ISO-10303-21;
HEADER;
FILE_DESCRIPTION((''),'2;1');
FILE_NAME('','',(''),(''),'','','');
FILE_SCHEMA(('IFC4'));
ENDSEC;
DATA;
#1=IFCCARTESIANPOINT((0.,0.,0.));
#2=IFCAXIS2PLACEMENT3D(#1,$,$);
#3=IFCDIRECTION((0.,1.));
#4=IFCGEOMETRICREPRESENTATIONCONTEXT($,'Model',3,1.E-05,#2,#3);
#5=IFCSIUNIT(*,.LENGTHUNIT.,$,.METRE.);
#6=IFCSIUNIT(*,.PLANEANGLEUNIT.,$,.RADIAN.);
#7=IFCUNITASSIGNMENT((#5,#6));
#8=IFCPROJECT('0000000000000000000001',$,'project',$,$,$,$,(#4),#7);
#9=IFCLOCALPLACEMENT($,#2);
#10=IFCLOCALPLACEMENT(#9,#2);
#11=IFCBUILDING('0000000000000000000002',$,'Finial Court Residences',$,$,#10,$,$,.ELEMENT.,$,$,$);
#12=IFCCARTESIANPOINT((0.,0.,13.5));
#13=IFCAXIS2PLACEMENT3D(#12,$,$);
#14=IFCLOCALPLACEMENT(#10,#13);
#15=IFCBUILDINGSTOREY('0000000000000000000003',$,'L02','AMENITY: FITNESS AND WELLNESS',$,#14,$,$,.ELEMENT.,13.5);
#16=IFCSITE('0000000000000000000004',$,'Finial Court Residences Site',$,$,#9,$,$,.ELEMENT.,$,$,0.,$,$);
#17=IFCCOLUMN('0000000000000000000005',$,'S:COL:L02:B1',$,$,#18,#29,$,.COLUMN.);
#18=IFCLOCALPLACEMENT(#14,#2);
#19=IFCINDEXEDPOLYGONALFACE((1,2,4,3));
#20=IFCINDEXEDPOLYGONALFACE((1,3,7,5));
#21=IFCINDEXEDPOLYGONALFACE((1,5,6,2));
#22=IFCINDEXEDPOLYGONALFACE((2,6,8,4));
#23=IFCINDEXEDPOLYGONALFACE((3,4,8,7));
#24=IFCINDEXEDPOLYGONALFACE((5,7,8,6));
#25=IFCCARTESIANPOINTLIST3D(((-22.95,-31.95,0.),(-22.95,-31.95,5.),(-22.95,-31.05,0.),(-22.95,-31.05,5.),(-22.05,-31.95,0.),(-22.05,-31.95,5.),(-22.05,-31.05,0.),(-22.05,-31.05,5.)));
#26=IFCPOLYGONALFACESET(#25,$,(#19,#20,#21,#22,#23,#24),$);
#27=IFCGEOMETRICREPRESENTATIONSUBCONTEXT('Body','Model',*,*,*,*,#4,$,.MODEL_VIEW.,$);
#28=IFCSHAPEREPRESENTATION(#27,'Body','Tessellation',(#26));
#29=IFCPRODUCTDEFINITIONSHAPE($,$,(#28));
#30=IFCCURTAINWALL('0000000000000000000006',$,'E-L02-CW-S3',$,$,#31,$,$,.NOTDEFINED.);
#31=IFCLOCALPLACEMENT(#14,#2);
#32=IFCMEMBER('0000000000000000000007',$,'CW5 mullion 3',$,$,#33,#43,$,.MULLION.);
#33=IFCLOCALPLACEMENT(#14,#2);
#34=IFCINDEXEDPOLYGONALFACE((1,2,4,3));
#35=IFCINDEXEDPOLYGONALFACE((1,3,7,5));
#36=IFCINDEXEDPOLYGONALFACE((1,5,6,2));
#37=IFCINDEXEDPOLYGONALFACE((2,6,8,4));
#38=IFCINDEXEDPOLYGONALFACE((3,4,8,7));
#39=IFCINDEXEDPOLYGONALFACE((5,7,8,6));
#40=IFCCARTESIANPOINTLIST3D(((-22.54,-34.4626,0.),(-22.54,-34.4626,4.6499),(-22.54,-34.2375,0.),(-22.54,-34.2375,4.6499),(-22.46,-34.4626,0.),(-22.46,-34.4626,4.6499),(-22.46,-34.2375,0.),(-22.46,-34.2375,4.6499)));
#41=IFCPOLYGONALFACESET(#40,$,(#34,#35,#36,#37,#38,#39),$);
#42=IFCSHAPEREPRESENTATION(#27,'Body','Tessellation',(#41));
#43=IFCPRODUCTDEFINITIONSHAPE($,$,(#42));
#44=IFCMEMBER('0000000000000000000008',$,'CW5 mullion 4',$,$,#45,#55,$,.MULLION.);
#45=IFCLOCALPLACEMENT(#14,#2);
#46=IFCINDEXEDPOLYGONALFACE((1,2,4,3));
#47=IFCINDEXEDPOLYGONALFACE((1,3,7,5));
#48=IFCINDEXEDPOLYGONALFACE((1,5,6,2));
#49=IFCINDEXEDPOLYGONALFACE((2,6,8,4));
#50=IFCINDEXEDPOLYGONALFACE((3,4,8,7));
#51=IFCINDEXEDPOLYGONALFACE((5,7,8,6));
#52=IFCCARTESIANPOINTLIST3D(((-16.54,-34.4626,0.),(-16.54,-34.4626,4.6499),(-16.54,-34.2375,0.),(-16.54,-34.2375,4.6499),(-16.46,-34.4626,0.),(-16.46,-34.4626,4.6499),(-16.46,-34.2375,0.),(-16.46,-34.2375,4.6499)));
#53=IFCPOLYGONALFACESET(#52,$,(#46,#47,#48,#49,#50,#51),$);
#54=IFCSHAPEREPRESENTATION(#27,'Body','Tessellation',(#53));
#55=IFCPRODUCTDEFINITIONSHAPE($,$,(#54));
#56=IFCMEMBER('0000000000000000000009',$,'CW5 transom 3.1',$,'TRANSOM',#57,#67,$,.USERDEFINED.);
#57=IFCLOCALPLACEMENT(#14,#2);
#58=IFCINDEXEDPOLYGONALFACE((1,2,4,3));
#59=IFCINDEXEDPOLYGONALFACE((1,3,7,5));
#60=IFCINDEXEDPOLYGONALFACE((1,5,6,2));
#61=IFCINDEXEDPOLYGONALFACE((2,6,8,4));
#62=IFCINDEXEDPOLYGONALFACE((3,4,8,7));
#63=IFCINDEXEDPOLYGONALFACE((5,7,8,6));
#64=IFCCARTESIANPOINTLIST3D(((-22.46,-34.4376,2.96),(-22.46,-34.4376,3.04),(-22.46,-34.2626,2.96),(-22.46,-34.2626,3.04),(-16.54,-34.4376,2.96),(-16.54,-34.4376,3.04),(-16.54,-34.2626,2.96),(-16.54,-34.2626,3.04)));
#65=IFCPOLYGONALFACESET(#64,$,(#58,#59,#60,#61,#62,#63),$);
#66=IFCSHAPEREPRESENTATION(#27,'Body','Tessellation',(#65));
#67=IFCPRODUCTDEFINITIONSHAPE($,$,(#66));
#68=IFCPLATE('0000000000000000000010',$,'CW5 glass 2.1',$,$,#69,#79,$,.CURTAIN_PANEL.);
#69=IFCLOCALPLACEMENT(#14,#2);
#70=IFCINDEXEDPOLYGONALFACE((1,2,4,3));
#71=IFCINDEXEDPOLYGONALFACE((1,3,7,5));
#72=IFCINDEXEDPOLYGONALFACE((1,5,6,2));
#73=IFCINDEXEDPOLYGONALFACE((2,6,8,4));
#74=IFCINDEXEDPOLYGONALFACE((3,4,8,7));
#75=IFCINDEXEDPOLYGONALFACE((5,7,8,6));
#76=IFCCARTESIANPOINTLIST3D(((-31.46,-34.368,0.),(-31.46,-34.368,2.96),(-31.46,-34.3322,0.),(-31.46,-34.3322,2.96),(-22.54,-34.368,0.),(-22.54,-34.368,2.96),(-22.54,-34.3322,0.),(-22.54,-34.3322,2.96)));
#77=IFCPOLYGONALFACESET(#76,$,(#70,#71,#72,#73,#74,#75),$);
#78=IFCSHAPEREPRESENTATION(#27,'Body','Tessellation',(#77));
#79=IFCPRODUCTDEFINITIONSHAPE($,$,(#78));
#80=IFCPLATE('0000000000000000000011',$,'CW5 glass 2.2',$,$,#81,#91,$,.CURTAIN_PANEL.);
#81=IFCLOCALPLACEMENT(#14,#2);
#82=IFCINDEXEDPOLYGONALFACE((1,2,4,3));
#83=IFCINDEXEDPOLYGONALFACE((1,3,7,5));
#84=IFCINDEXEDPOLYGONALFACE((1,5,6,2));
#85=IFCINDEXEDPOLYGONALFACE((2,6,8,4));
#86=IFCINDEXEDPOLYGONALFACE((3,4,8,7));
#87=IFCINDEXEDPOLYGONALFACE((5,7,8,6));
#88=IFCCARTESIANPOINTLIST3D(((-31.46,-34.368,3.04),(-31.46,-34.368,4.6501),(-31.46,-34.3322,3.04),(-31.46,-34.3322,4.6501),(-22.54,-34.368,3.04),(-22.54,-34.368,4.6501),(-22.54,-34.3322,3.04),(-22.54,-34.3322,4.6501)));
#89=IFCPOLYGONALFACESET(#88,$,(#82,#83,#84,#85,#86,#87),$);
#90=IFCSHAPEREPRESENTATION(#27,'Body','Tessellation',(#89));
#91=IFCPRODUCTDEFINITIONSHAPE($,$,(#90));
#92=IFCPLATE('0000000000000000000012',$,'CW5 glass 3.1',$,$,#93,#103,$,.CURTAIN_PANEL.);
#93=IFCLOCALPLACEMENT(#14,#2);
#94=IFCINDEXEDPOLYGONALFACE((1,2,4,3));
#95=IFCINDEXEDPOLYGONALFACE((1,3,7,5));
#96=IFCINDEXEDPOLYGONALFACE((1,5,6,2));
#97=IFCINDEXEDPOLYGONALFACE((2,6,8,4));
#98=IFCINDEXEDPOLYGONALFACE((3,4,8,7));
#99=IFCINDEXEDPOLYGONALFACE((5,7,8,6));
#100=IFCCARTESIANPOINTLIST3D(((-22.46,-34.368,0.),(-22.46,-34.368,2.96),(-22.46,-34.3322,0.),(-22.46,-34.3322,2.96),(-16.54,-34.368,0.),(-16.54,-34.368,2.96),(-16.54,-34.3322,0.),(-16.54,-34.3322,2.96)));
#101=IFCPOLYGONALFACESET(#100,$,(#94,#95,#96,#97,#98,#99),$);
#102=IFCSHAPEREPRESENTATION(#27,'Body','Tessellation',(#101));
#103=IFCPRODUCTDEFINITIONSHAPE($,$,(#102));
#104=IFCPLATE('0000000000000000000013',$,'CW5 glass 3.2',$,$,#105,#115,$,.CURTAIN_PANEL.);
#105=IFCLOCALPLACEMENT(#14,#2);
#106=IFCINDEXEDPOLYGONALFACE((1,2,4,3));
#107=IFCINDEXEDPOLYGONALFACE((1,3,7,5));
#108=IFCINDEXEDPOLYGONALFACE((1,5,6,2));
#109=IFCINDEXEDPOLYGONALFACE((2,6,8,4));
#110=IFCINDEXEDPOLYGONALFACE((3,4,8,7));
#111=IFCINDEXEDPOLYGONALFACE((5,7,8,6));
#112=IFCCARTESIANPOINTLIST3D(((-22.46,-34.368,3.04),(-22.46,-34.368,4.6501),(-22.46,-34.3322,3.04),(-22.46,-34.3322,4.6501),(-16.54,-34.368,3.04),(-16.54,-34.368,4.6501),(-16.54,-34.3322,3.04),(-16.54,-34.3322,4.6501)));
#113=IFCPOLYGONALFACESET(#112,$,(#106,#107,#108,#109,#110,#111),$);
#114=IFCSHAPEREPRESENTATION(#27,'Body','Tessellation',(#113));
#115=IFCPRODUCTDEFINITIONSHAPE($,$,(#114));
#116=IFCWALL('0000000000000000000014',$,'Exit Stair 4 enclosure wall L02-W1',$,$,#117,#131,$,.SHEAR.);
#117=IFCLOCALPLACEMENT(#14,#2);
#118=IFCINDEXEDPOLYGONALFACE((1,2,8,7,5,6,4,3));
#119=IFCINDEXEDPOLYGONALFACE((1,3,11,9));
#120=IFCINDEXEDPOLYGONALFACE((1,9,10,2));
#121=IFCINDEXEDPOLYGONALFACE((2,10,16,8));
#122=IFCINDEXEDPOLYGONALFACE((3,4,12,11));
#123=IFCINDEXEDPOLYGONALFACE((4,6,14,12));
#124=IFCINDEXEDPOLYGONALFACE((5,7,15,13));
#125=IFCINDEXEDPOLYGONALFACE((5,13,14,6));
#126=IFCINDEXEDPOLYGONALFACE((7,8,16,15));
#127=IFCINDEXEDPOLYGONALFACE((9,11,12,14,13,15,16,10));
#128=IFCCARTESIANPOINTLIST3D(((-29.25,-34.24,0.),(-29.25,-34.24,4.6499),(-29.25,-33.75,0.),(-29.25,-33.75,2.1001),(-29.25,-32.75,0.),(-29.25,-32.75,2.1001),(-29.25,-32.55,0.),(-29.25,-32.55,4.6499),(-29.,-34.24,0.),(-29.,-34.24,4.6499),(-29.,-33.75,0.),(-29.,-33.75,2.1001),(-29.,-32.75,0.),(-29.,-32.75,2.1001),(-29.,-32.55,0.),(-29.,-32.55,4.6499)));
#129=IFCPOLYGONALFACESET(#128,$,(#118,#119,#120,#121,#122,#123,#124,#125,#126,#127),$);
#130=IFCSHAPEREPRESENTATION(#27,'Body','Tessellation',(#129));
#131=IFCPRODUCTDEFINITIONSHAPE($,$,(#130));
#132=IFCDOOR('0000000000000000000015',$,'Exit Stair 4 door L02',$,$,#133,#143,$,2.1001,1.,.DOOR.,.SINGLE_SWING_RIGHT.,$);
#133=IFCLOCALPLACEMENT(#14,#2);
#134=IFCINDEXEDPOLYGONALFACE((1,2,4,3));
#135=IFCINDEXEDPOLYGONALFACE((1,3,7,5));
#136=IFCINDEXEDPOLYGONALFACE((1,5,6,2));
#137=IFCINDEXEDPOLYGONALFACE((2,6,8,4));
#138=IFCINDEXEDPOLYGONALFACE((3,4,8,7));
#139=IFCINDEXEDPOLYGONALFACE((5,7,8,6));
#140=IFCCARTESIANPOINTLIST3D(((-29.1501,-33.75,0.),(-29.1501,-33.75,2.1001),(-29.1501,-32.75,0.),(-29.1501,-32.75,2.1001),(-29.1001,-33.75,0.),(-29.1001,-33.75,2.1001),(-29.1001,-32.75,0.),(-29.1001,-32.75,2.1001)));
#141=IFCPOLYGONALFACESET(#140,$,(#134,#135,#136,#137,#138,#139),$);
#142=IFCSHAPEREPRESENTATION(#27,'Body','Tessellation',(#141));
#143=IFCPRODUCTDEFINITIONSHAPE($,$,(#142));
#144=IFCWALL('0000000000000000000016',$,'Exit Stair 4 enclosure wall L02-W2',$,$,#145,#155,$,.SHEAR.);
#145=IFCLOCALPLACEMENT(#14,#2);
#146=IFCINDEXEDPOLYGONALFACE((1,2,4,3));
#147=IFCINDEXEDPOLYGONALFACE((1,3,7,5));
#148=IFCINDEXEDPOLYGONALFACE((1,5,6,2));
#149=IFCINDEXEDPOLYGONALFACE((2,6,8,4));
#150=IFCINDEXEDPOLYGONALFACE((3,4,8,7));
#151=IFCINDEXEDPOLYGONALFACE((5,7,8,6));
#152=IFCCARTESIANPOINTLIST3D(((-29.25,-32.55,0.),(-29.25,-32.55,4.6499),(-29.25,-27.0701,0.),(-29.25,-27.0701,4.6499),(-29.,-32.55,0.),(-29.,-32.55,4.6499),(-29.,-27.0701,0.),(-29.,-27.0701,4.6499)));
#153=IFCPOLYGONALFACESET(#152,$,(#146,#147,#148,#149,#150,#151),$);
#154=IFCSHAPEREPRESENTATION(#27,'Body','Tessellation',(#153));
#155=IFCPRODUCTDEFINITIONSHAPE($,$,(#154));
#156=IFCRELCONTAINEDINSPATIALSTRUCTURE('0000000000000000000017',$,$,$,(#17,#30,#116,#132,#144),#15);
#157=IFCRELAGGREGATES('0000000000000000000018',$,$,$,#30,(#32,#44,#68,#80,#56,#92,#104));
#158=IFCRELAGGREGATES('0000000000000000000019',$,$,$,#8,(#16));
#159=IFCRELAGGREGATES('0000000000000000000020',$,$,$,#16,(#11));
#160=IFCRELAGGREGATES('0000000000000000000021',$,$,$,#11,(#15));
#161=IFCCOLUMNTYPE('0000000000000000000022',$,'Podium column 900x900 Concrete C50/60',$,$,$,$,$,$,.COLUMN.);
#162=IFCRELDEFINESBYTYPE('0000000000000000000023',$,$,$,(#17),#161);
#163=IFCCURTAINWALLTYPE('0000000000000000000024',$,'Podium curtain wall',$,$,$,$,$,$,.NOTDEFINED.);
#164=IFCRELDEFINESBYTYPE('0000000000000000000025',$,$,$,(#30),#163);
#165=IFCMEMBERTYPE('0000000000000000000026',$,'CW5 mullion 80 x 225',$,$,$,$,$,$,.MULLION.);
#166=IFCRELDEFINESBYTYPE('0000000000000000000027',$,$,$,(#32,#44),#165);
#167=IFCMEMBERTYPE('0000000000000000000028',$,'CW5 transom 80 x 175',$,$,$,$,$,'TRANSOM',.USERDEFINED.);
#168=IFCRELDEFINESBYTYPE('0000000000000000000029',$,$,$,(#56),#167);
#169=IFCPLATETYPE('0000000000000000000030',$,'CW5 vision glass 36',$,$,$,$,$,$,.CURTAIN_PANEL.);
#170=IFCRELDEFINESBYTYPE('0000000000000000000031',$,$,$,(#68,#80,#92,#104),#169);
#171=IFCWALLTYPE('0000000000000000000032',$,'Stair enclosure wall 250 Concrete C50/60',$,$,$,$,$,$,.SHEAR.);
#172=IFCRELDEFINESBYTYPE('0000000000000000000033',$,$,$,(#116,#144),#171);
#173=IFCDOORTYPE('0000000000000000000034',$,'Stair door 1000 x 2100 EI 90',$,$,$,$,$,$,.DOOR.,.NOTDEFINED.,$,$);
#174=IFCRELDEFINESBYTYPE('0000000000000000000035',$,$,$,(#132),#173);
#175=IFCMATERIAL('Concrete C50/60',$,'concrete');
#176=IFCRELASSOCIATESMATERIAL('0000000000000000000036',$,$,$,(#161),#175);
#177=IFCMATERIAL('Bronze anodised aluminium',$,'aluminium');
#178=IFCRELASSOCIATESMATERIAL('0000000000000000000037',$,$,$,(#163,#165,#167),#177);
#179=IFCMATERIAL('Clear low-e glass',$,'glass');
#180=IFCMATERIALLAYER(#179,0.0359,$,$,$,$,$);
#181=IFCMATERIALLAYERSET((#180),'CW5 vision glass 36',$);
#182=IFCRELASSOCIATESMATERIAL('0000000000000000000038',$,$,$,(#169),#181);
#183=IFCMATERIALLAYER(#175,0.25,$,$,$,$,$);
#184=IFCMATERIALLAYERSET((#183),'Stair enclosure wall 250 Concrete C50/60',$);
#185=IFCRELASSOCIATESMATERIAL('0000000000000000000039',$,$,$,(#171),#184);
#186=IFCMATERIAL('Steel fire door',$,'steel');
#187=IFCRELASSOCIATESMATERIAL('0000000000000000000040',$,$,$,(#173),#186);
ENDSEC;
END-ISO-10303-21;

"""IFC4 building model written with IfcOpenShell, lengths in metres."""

from ifc_helpers import new_model, si_unit, direction, frame, frame_2d, origin, origin_2d, place, context, subcontext, project, spatial, rectangle, extrude, material, layer, layer_set, material_profile, profile_set, type_object, element, fill, aggregate, save


model = new_model("IFC4")

# Units and contexts
model_context = context("Model", 3, precision=1e-05, world=origin(), true_north=direction((0.0, 1.0)))
body_context = subcontext(model_context, "Body", "Model", "MODEL_VIEW")
ifc_project = project(units=[si_unit("LENGTHUNIT", "METRE"), si_unit("PLANEANGLEUNIT", "RADIAN")], contexts=[model_context])

# Site, building, storey
site_placement = place(None, origin())
site = spatial("IfcSite", under=ifc_project, at=site_placement, Name="Finial Court Residences Site", CompositionType="ELEMENT", RefElevation=0.0)
building_placement = place(site_placement, origin())
building = spatial("IfcBuilding", under=site, at=building_placement, Name="Finial Court Residences", CompositionType="ELEMENT")
storey_placement = place(building_placement, frame((0.0, 0.0, 13.5)))
storey = spatial("IfcBuildingStorey", under=building, at=storey_placement, Name="L02", Description="AMENITY: FITNESS AND WELLNESS", CompositionType="ELEMENT", Elevation=13.5)

# Column
ifc_material_1 = material(Name="Concrete C50/60", Category="concrete")
ifc_material_profile_1 = material_profile(ifc_material_1, rectangle(XDim=0.8999, YDim=0.8999, at=origin_2d()), Name="900x900")
ifc_profile_set_1 = profile_set([ifc_material_profile_1], Name="Concrete C50/60")
column_type = type_object("IfcColumnType", Name="Podium column 900x900 Concrete C50/60", PredefinedType="COLUMN", material=ifc_profile_set_1)
column_placement = place(storey_placement, frame((-22.5, -31.5, 0.0), z_axis=(0.0, 0.0, 1.0), x_axis=(1.0, 0.0, 0.0)))
element("IfcColumn", 1, at=column_placement, inside=storey, type_object=column_type, Name="S:COL:L02:B1", PredefinedType="COLUMN", context=body_context, shape_type="SweptSolid", body=[
    extrude(rectangle(XDim=0.8999, YDim=0.8999, at=origin_2d()), origin(), (0.0, 0.0, 1.0), 5.0),
])

# Curtain wall, members, plates
ifc_material_2 = material(Name="Bronze anodised aluminium", Category="aluminium")
curtain_wall_type = type_object("IfcCurtainWallType", Name="Podium curtain wall", PredefinedType="NOTDEFINED", material=ifc_material_2)
curtain_wall_placement = place(storey_placement, origin())
curtain_wall = element("IfcCurtainWall", 2, at=curtain_wall_placement, inside=storey, type_object=curtain_wall_type, Name="E-L02-CW-S3", PredefinedType="NOTDEFINED")
ifc_material_profile_2 = material_profile(ifc_material_2, rectangle(XDim=0.2251, YDim=0.0801, at=origin_2d()), Name="CW5 mullion 80 x 225")
ifc_profile_set_2 = profile_set([ifc_material_profile_2], Name="Bronze anodised aluminium")
member_type_1 = type_object("IfcMemberType", Name="CW5 mullion 80 x 225", PredefinedType="MULLION", material=ifc_profile_set_2)
member_1_placement = place(storey_placement, frame((-22.5, -34.3501, 0.0), z_axis=(0.0, 0.0, 1.0), x_axis=(0.0, 1.0, 0.0)))
member_1 = element("IfcMember", 3, at=member_1_placement, type_object=member_type_1, Name="CW5 mullion 3", PredefinedType="MULLION", context=body_context, shape_type="SweptSolid", body=[
    extrude(rectangle(XDim=0.2251, YDim=0.0801, at=origin_2d()), origin(), (0.0, 0.0, 1.0), 4.6499),
])
member_2_placement = place(storey_placement, frame((-16.5, -34.3501, 0.0), z_axis=(0.0, 0.0, 1.0), x_axis=(0.0, 1.0, 0.0)))
member_2 = element("IfcMember", 4, at=member_2_placement, type_object=member_type_1, Name="CW5 mullion 4", PredefinedType="MULLION", context=body_context, shape_type="SweptSolid", body=[
    extrude(rectangle(XDim=0.2251, YDim=0.0801, at=origin_2d()), origin(), (0.0, 0.0, 1.0), 4.6499),
])
ifc_material_profile_3 = material_profile(ifc_material_2, rectangle(XDim=0.175, YDim=0.0801, at=origin_2d()), Name="CW5 transom 80 x 175")
ifc_profile_set_3 = profile_set([ifc_material_profile_3], Name="Bronze anodised aluminium")
member_type_2 = type_object("IfcMemberType", Name="CW5 transom 80 x 175", ElementType="TRANSOM", PredefinedType="USERDEFINED", material=ifc_profile_set_3)
member_3_placement = place(storey_placement, frame((-22.46, -34.3501, 3.0), z_axis=(1.0, 0.0, 0.0), x_axis=(0.0, 1.0, 0.0)))
member_3 = element("IfcMember", 5, at=member_3_placement, type_object=member_type_2, Name="CW5 transom 3.1", ObjectType="TRANSOM", PredefinedType="USERDEFINED", context=body_context, shape_type="SweptSolid", body=[
    extrude(rectangle(XDim=0.175, YDim=0.0801, at=origin_2d()), origin(), (0.0, 0.0, 1.0), 5.9199),
])
ifc_material_3 = material(Name="Clear low-e glass", Category="glass")
ifc_layer_1 = layer(ifc_material_3, 0.0359)
ifc_layer_set_1 = layer_set([ifc_layer_1], Name="CW5 vision glass 36")
plate_type = type_object("IfcPlateType", Name="CW5 vision glass 36", PredefinedType="CURTAIN_PANEL", material=ifc_layer_set_1)
plate_1_placement = place(storey_placement, frame((-27.0, -34.3501, 0.0), z_axis=(0.0, 0.0, 1.0), x_axis=(1.0, 0.0, 0.0)))
plate_1 = element("IfcPlate", 6, at=plate_1_placement, type_object=plate_type, Name="CW5 glass 2.1", PredefinedType="CURTAIN_PANEL", context=body_context, shape_type="SweptSolid", body=[
    extrude(rectangle(XDim=8.9199, YDim=0.0359, at=origin_2d()), origin(), (0.0, 0.0, 1.0), 2.96),
])
plate_2_placement = place(storey_placement, frame((-27.0, -34.3501, 3.04), z_axis=(0.0, 0.0, 1.0), x_axis=(1.0, 0.0, 0.0)))
plate_2 = element("IfcPlate", 7, at=plate_2_placement, type_object=plate_type, Name="CW5 glass 2.2", PredefinedType="CURTAIN_PANEL", context=body_context, shape_type="SweptSolid", body=[
    extrude(rectangle(XDim=8.9199, YDim=0.0359, at=origin_2d()), origin(), (0.0, 0.0, 1.0), 1.6101),
])
plate_3_placement = place(storey_placement, frame((-19.5, -34.3501, 0.0), z_axis=(0.0, 0.0, 1.0), x_axis=(1.0, 0.0, 0.0)))
plate_3 = element("IfcPlate", 8, at=plate_3_placement, type_object=plate_type, Name="CW5 glass 3.1", PredefinedType="CURTAIN_PANEL", context=body_context, shape_type="SweptSolid", body=[
    extrude(rectangle(XDim=5.9199, YDim=0.0359, at=origin_2d()), origin(), (0.0, 0.0, 1.0), 2.96),
])
plate_4_placement = place(storey_placement, frame((-19.5, -34.3501, 3.04), z_axis=(0.0, 0.0, 1.0), x_axis=(1.0, 0.0, 0.0)))
plate_4 = element("IfcPlate", 9, at=plate_4_placement, type_object=plate_type, Name="CW5 glass 3.2", PredefinedType="CURTAIN_PANEL", context=body_context, shape_type="SweptSolid", body=[
    extrude(rectangle(XDim=5.9199, YDim=0.0359, at=origin_2d()), origin(), (0.0, 0.0, 1.0), 1.6101),
])
aggregate(curtain_wall, [member_1, member_2, plate_1, plate_2, member_3, plate_3, plate_4])

# Wall, opening, door
ifc_layer_2 = layer(ifc_material_1, 0.25)
ifc_layer_set_2 = layer_set([ifc_layer_2], Name="Stair enclosure wall 250 Concrete C50/60")
wall_type_1 = type_object("IfcWallType", Name="Stair enclosure wall 250 Concrete C50/60", PredefinedType="SHEAR", material=ifc_layer_set_2)
wall_1_placement = place(storey_placement, frame((-29.125, -32.55, 0.0), z_axis=(0.0, 0.0, 1.0), x_axis=(0.0, -1.0, 0.0)))
wall_1 = element("IfcWall", 10, at=wall_1_placement, inside=storey, type_object=wall_type_1, Name="Exit Stair 4 enclosure wall L02-W1", PredefinedType="SHEAR", context=body_context, shape_type="SweptSolid", body=[
    extrude(rectangle(XDim=1.6899, YDim=0.25, at=frame_2d((0.845, 0.0))), origin(), (0.0, 0.0, 1.0), 4.6499),
])
opening_1_placement = place(wall_1_placement, frame((0.2, 0.0, 0.0)))
opening_1 = element("IfcOpeningElement", 11, at=opening_1_placement, cuts=wall_1, PredefinedType="OPENING", context=body_context, shape_type="SweptSolid", body=[
    extrude(rectangle(XDim=1.0, YDim=2.1001, at=frame_2d((0.5, 1.05))), frame((0.0, 0.135, 0.0), z_axis=(0.0, -1.0, 0.0), x_axis=(1.0, 0.0, 0.0)), (0.0, 0.0, 1.0), 0.27),
])
ifc_material_4 = material(Name="Steel fire door", Category="steel")
door_type_1 = type_object("IfcDoorType", Name="Stair door 1000 x 2100 EI 90", OperationType="NOTDEFINED", PredefinedType="DOOR", material=ifc_material_4)
door_1_placement = place(opening_1_placement, origin())
door_1 = element("IfcDoor", 12, at=door_1_placement, inside=storey, type_object=door_type_1, Name="Exit Stair 4 door L02", OperationType="SINGLE_SWING_RIGHT", OverallHeight=2.1001, OverallWidth=1.0, PredefinedType="DOOR", context=body_context, shape_type="SweptSolid", body=[
    extrude(rectangle(XDim=1.0, YDim=2.1001, at=frame_2d((0.5, 1.05))), frame((0.0, 0.0249, 0.0), z_axis=(0.0, -1.0, 0.0), x_axis=(1.0, 0.0, 0.0)), (0.0, 0.0, 1.0), 0.05),
])
fill(opening_1, door_1)

# Wall
wall_2_placement = place(storey_placement, frame((-29.125, -32.55, 0.0), z_axis=(0.0, 0.0, 1.0), x_axis=(0.0, 1.0, 0.0)))
element("IfcWall", 13, at=wall_2_placement, inside=storey, type_object=wall_type_1, Name="Exit Stair 4 enclosure wall L02-W2", PredefinedType="SHEAR", context=body_context, shape_type="SweptSolid", body=[
    extrude(rectangle(XDim=5.48, YDim=0.25, at=frame_2d((2.74, 0.0))), origin(), (0.0, 0.0, 1.0), 4.6499),
])

save(model, "model.ifc")
